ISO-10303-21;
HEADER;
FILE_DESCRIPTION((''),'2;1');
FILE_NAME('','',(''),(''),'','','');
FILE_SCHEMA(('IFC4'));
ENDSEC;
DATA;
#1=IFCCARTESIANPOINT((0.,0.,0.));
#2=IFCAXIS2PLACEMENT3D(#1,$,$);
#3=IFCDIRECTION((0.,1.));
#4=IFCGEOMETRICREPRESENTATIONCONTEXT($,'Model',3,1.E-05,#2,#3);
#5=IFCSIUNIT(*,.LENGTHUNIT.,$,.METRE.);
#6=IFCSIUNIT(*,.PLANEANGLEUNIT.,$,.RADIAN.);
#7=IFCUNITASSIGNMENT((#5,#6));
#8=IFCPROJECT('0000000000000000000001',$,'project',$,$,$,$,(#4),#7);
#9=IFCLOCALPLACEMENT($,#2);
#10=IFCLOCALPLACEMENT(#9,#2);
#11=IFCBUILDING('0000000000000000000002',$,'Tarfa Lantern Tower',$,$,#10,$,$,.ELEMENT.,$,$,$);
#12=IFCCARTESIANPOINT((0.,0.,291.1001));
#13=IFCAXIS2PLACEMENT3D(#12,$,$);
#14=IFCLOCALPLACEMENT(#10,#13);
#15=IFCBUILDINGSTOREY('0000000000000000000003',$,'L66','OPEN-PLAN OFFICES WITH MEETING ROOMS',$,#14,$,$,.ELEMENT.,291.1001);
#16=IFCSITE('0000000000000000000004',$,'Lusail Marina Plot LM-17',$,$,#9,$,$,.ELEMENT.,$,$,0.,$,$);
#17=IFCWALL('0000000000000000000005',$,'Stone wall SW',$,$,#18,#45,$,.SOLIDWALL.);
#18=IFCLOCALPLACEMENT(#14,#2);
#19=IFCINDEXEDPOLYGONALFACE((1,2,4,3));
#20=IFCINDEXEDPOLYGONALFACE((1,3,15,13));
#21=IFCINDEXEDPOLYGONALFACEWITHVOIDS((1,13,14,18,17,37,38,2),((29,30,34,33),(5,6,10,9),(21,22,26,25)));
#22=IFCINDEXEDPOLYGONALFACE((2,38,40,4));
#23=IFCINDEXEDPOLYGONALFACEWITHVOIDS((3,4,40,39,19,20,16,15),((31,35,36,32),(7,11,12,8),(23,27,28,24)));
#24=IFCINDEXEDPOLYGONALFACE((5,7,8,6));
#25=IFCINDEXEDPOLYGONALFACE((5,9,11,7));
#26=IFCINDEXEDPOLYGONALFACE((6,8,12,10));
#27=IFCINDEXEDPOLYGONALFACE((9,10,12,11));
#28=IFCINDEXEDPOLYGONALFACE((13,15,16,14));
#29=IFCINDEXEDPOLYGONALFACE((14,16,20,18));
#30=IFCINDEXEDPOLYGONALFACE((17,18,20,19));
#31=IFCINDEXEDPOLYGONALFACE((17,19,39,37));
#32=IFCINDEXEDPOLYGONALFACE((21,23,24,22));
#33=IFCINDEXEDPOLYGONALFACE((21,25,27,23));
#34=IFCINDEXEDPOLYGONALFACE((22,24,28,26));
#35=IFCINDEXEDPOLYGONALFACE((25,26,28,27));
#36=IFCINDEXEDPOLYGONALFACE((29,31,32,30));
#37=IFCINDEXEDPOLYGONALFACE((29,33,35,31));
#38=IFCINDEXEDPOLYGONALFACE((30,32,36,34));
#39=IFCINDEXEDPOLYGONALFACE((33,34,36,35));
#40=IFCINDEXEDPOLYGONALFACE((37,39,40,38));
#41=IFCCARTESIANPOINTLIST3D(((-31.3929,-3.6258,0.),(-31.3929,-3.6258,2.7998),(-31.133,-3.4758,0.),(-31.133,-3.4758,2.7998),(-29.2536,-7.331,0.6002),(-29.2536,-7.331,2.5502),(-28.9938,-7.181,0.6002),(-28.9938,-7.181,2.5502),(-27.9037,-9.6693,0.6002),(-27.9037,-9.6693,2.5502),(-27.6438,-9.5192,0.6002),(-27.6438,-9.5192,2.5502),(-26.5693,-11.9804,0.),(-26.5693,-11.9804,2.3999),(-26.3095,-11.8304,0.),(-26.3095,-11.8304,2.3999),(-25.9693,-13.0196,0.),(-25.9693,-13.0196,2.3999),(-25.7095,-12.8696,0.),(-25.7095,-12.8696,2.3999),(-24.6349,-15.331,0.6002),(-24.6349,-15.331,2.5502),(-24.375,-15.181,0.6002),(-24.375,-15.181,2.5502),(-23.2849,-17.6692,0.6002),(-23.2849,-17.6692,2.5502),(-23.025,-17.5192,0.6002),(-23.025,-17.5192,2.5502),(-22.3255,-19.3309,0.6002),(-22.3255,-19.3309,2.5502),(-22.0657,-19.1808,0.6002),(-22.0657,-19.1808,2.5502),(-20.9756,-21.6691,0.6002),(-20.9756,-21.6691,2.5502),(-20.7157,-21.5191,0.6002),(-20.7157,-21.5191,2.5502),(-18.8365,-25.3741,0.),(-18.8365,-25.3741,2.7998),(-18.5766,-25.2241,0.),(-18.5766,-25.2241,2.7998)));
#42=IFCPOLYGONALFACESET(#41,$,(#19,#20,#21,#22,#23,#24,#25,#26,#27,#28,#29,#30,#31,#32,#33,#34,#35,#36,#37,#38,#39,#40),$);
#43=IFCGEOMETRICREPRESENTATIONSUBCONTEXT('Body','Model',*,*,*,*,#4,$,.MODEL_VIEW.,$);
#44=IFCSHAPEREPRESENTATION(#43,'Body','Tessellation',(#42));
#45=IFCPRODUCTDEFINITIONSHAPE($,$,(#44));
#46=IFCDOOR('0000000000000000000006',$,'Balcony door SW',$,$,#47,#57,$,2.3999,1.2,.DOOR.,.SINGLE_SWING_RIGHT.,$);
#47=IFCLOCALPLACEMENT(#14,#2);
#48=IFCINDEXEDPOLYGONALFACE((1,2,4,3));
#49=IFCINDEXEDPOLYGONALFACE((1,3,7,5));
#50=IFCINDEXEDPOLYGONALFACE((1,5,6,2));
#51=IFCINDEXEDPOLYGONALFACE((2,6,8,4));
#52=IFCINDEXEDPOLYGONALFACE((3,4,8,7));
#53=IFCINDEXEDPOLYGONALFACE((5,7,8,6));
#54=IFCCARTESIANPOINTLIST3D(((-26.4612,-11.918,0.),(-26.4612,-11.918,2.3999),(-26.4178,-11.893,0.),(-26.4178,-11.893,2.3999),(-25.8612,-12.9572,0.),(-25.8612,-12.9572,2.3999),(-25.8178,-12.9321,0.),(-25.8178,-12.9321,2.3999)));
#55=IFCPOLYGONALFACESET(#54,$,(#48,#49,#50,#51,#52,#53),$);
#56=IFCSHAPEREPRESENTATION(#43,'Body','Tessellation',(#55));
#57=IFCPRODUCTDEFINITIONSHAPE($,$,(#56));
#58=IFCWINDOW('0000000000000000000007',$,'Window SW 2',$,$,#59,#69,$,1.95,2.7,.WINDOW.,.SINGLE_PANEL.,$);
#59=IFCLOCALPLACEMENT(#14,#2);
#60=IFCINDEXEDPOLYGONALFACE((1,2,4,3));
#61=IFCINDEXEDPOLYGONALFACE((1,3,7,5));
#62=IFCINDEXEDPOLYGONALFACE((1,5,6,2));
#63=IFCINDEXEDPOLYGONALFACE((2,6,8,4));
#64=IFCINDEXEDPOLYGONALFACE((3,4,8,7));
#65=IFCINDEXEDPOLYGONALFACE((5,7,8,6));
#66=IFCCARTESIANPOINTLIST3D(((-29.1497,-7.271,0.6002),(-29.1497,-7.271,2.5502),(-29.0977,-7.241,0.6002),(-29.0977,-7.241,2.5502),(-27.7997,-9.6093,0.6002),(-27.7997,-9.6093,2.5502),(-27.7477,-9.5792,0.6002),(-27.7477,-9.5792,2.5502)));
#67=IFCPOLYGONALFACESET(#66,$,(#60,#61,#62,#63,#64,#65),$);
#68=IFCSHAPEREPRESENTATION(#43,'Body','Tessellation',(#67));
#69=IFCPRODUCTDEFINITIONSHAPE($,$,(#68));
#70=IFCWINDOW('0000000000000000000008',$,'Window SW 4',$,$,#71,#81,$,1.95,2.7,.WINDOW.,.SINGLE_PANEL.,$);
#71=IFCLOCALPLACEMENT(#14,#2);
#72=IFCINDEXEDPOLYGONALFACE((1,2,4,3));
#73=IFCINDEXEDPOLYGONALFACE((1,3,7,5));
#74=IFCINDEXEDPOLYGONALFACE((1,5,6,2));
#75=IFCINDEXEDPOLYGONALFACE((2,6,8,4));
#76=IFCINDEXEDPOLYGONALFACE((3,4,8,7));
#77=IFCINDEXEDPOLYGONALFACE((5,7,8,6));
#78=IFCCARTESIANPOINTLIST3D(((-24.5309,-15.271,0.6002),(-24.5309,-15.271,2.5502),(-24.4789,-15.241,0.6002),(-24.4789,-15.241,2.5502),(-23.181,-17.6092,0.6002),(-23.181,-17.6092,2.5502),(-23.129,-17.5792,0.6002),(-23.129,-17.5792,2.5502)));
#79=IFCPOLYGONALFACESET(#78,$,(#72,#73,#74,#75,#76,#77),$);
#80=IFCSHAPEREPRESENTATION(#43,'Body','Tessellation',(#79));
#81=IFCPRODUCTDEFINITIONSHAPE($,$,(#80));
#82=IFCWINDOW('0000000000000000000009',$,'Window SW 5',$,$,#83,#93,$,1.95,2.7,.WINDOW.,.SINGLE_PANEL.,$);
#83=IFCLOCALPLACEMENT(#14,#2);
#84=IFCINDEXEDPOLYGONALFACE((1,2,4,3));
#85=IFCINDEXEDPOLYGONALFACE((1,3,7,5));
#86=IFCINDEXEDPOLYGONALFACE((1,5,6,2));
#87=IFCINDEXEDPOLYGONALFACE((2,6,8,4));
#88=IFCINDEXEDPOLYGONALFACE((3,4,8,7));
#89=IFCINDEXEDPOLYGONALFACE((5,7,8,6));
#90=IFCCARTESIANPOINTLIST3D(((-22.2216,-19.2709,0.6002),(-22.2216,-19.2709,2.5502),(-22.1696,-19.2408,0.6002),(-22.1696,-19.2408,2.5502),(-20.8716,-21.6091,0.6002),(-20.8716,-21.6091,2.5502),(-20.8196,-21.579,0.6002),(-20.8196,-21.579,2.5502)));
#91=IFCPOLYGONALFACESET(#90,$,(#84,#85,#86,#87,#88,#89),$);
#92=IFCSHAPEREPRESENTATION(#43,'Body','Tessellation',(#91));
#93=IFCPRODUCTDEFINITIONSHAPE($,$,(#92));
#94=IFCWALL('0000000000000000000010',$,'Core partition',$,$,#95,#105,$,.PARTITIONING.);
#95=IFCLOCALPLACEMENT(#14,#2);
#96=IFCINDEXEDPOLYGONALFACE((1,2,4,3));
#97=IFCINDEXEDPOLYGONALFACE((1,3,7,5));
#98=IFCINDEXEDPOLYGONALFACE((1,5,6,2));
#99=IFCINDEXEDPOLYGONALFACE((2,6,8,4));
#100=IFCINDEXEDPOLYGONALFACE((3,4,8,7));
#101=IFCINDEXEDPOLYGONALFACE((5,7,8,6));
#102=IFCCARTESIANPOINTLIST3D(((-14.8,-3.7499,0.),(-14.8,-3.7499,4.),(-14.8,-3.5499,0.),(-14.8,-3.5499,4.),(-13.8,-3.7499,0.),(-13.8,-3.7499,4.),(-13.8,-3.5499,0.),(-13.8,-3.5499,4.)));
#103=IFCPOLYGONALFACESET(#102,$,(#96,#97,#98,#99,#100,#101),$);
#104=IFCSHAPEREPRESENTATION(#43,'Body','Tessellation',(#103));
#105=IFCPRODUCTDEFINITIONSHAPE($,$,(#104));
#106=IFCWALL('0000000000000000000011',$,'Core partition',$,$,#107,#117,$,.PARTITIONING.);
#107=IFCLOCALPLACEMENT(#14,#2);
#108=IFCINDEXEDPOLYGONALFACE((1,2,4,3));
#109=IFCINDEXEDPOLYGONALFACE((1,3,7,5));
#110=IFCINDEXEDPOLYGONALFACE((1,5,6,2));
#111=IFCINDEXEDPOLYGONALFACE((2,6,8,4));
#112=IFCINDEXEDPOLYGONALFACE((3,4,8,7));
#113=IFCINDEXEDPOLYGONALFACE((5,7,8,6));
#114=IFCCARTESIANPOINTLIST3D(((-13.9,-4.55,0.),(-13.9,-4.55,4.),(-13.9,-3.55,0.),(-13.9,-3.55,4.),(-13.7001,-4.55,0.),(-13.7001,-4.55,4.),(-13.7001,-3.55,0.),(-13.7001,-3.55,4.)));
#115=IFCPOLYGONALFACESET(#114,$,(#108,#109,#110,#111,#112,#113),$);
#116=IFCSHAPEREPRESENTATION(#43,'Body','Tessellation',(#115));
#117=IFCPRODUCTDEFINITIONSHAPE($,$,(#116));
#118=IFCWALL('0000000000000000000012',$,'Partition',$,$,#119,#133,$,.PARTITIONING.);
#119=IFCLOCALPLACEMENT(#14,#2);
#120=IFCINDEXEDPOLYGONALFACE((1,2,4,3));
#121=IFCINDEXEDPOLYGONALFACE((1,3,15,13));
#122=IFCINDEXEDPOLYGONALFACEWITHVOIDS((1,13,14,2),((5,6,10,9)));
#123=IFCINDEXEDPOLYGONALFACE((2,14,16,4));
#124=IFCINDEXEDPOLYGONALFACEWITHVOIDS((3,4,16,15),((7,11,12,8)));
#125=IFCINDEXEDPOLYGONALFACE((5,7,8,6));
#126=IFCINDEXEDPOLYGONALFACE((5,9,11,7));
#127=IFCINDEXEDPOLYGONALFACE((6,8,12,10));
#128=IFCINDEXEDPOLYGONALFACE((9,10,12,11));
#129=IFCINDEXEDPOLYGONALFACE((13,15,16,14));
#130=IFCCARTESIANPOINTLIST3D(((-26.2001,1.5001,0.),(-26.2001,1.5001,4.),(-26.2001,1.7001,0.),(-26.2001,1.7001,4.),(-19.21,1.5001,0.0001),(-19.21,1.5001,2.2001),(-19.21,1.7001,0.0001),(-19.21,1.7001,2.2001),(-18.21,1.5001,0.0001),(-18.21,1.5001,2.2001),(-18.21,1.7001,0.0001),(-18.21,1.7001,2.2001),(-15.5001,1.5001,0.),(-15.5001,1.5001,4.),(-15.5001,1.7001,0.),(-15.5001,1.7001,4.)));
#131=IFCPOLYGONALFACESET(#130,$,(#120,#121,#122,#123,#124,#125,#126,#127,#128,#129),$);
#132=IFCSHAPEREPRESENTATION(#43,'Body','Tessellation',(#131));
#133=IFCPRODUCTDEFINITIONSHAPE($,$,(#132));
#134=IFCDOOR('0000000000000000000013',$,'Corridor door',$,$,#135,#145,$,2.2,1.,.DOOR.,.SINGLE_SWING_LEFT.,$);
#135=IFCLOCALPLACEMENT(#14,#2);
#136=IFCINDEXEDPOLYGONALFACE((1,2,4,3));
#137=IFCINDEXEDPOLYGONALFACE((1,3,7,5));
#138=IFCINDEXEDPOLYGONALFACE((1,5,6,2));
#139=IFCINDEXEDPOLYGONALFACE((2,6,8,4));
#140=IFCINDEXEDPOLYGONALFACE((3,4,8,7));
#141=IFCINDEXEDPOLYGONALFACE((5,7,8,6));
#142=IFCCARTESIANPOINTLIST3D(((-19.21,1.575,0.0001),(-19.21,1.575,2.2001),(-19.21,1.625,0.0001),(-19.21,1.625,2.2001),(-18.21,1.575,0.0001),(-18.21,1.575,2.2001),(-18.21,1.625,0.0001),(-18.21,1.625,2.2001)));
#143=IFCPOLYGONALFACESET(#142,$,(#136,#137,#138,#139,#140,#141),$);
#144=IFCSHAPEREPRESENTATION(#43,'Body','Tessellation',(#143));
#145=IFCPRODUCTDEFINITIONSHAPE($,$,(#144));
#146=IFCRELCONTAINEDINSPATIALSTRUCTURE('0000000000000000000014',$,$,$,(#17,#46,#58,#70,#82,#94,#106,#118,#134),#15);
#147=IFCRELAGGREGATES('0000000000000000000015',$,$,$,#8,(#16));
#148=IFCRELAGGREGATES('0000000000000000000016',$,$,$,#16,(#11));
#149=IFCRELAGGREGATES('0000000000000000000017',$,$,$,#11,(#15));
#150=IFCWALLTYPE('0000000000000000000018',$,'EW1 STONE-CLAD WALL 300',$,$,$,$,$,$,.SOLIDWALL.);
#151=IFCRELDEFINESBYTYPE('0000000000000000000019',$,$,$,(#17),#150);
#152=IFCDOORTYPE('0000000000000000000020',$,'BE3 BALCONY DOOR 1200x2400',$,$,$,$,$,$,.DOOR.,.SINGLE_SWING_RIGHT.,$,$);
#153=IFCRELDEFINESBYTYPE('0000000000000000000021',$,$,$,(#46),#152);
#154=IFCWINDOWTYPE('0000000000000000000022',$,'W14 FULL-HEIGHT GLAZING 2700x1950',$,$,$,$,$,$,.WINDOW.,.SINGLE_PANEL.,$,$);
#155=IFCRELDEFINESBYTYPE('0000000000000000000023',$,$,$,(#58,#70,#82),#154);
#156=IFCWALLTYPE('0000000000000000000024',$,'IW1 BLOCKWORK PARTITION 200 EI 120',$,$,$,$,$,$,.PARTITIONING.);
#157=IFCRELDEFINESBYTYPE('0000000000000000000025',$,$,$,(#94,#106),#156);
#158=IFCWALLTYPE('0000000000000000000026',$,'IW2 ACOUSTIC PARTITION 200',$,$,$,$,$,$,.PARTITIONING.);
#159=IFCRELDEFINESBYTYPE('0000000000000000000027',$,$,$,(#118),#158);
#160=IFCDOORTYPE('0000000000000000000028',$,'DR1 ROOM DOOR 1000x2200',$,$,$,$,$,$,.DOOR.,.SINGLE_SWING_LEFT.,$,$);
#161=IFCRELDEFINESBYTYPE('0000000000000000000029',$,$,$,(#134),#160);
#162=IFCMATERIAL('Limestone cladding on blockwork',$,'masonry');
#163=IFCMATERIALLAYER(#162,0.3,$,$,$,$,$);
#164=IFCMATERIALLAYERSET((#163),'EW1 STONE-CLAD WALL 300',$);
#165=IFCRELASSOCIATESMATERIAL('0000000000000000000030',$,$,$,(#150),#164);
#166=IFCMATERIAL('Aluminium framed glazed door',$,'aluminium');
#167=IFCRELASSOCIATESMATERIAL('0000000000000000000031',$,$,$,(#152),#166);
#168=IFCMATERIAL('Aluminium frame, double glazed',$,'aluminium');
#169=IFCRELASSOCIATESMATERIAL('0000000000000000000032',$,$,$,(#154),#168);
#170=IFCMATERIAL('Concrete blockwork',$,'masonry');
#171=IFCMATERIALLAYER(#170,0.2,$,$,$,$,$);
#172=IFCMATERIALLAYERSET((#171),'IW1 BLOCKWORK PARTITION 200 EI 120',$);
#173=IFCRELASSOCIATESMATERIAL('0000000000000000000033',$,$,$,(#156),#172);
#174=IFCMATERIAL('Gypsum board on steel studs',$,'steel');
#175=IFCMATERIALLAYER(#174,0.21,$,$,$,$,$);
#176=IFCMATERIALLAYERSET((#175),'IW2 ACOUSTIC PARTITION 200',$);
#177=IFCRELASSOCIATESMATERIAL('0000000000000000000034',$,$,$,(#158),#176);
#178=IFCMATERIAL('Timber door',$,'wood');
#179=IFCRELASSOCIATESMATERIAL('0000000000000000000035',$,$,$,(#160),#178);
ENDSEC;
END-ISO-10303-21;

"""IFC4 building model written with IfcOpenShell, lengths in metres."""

from ifc_helpers import new_model, si_unit, direction, frame, frame_2d, origin, place, context, subcontext, project, spatial, rectangle, extrude, material, layer, layer_set, type_object, element, fill, save


model = new_model("IFC4")

# Units and contexts
model_context = context("Model", 3, precision=1e-05, world=origin(), true_north=direction((0.0, 1.0)))
body_context = subcontext(model_context, "Body", "Model", "MODEL_VIEW")
ifc_project = project(units=[si_unit("LENGTHUNIT", "METRE"), si_unit("PLANEANGLEUNIT", "RADIAN")], contexts=[model_context])

# Site, building, storey
site_placement = place(None, origin())
site = spatial("IfcSite", under=ifc_project, at=site_placement, Name="Lusail Marina Plot LM-17", CompositionType="ELEMENT", RefElevation=0.0)
building_placement = place(site_placement, origin())
building = spatial("IfcBuilding", under=site, at=building_placement, Name="Tarfa Lantern Tower", CompositionType="ELEMENT")
storey_placement = place(building_placement, frame((0.0, 0.0, 291.1001)))
storey = spatial("IfcBuildingStorey", under=building, at=storey_placement, Name="L66", Description="OPEN-PLAN OFFICES WITH MEETING ROOMS", CompositionType="ELEMENT", Elevation=291.1001)

# Wall, openings, door, windows
ifc_material_1 = material(Name="Limestone cladding on blockwork", Category="masonry")
ifc_layer_1 = layer(ifc_material_1, 0.3)
ifc_layer_set_1 = layer_set([ifc_layer_1], Name="EW1 STONE-CLAD WALL 300")
wall_type_1 = type_object("IfcWallType", Name="EW1 STONE-CLAD WALL 300", PredefinedType="SOLIDWALL", material=ifc_layer_set_1)
wall_1_placement = place(storey_placement, frame((-31.2629, -3.5508, 0.0), z_axis=(0.0, 0.0, 1.0), x_axis=(0.5, -0.866025, 0.0)))
wall_1 = element("IfcWall", 1, at=wall_1_placement, inside=storey, type_object=wall_type_1, Name="Stone wall SW", PredefinedType="SOLIDWALL", context=body_context, shape_type="SweptSolid", body=[
    extrude(rectangle(XDim=25.1128, YDim=0.3, at=frame_2d((12.5564, 0.0))), origin(), (0.0, 0.0, 1.0), 2.7998),
])
opening_1_placement = place(wall_1_placement, frame((4.2783, 0.0, 0.6001)))
opening_1 = element("IfcOpeningElement", 2, at=opening_1_placement, cuts=wall_1, PredefinedType="OPENING", context=body_context, shape_type="SweptSolid", body=[
    extrude(rectangle(XDim=2.7, YDim=1.95, at=frame_2d((1.3501, 0.9751))), frame((0.0, 0.1599, 0.0), z_axis=(0.0, -1.0, 0.0), x_axis=(1.0, 0.0, 0.0)), (0.0, 0.0, 1.0), 0.3201),
])
opening_2_placement = place(wall_1_placement, frame((9.647, 0.0, 0.0)))
opening_2 = element("IfcOpeningElement", 3, at=opening_2_placement, cuts=wall_1, PredefinedType="OPENING", context=body_context, shape_type="SweptSolid", body=[
    extrude(rectangle(XDim=1.2, YDim=2.3999, at=frame_2d((0.6001, 1.2))), frame((0.0, 0.1599, 0.0), z_axis=(0.0, -1.0, 0.0), x_axis=(1.0, 0.0, 0.0)), (0.0, 0.0, 1.0), 0.3201),
])
opening_3_placement = place(wall_1_placement, frame((13.5159, 0.0, 0.6001)))
opening_3 = element("IfcOpeningElement", 4, at=opening_3_placement, cuts=wall_1, PredefinedType="OPENING", context=body_context, shape_type="SweptSolid", body=[
    extrude(rectangle(XDim=2.7, YDim=1.95, at=frame_2d((1.3501, 0.9751))), frame((0.0, 0.1599, 0.0), z_axis=(0.0, -1.0, 0.0), x_axis=(1.0, 0.0, 0.0)), (0.0, 0.0, 1.0), 0.3201),
])
opening_4_placement = place(wall_1_placement, frame((18.1345, 0.0, 0.6001)))
opening_4 = element("IfcOpeningElement", 5, at=opening_4_placement, cuts=wall_1, PredefinedType="OPENING", context=body_context, shape_type="SweptSolid", body=[
    extrude(rectangle(XDim=2.7, YDim=1.95, at=frame_2d((1.3501, 0.9751))), frame((0.0, 0.1599, 0.0), z_axis=(0.0, -1.0, 0.0), x_axis=(1.0, 0.0, 0.0)), (0.0, 0.0, 1.0), 0.3201),
])
ifc_material_2 = material(Name="Aluminium framed glazed door", Category="aluminium")
door_type_1 = type_object("IfcDoorType", Name="BE3 BALCONY DOOR 1200x2400", OperationType="SINGLE_SWING_RIGHT", PredefinedType="DOOR", material=ifc_material_2)
door_1_placement = place(opening_2_placement, origin())
door_1 = element("IfcDoor", 6, at=door_1_placement, inside=storey, type_object=door_type_1, Name="Balcony door SW", OperationType="SINGLE_SWING_RIGHT", OverallHeight=2.3999, OverallWidth=1.2, PredefinedType="DOOR", context=body_context, shape_type="SweptSolid", body=[
    extrude(rectangle(XDim=1.2, YDim=2.3999, at=frame_2d((0.6001, 1.2))), frame((0.0, 0.0249, 0.0), z_axis=(0.0, -1.0, 0.0), x_axis=(1.0, 0.0, 0.0)), (0.0, 0.0, 1.0), 0.05),
])
fill(opening_2, door_1)
ifc_material_3 = material(Name="Aluminium frame, double glazed", Category="aluminium")
window_type = type_object("IfcWindowType", Name="W14 FULL-HEIGHT GLAZING 2700x1950", PartitioningType="SINGLE_PANEL", PredefinedType="WINDOW", material=ifc_material_3)
window_1_placement = place(opening_1_placement, origin())
window_1 = element("IfcWindow", 7, at=window_1_placement, inside=storey, type_object=window_type, Name="Window SW 2", OverallHeight=1.95, OverallWidth=2.7, PartitioningType="SINGLE_PANEL", PredefinedType="WINDOW", context=body_context, shape_type="SweptSolid", body=[
    extrude(rectangle(XDim=2.7, YDim=1.95, at=frame_2d((1.3501, 0.9751))), frame((0.0, 0.03, 0.0), z_axis=(0.0, -1.0, 0.0), x_axis=(1.0, 0.0, 0.0)), (0.0, 0.0, 1.0), 0.0601),
])
fill(opening_1, window_1)
window_2_placement = place(opening_3_placement, origin())
window_2 = element("IfcWindow", 8, at=window_2_placement, inside=storey, type_object=window_type, Name="Window SW 4", OverallHeight=1.95, OverallWidth=2.7, PartitioningType="SINGLE_PANEL", PredefinedType="WINDOW", context=body_context, shape_type="SweptSolid", body=[
    extrude(rectangle(XDim=2.7, YDim=1.95, at=frame_2d((1.3501, 0.9751))), frame((0.0, 0.03, 0.0), z_axis=(0.0, -1.0, 0.0), x_axis=(1.0, 0.0, 0.0)), (0.0, 0.0, 1.0), 0.0601),
])
fill(opening_3, window_2)
window_3_placement = place(opening_4_placement, origin())
window_3 = element("IfcWindow", 9, at=window_3_placement, inside=storey, type_object=window_type, Name="Window SW 5", OverallHeight=1.95, OverallWidth=2.7, PartitioningType="SINGLE_PANEL", PredefinedType="WINDOW", context=body_context, shape_type="SweptSolid", body=[
    extrude(rectangle(XDim=2.7, YDim=1.95, at=frame_2d((1.3501, 0.9751))), frame((0.0, 0.03, 0.0), z_axis=(0.0, -1.0, 0.0), x_axis=(1.0, 0.0, 0.0)), (0.0, 0.0, 1.0), 0.0601),
])
fill(opening_4, window_3)

# Walls
ifc_material_4 = material(Name="Concrete blockwork", Category="masonry")
ifc_layer_2 = layer(ifc_material_4, 0.2)
ifc_layer_set_2 = layer_set([ifc_layer_2], Name="IW1 BLOCKWORK PARTITION 200 EI 120")
wall_type_2 = type_object("IfcWallType", Name="IW1 BLOCKWORK PARTITION 200 EI 120", PredefinedType="PARTITIONING", material=ifc_layer_set_2)
for number, where, z_axis, x_axis, name in (
    (10, (-13.8, -3.6499, 0.0), (0.0, 0.0, 1.0), (-1.0, 0.0, 0.0), "Core partition"),
    (11, (-13.8, -3.55, 0.0), (0.0, 0.0, 1.0), (0.0, -1.0, 0.0), "Core partition"),
):
    element("IfcWall", number, at=place(storey_placement, frame(where, z_axis=z_axis, x_axis=x_axis)), inside=storey, type_object=wall_type_2, Name=name, PredefinedType="PARTITIONING", context=body_context, shape_type="SweptSolid", body=[
        extrude(rectangle(XDim=1.0, YDim=0.2, at=frame_2d((0.5, 0.0))), origin(), (0.0, 0.0, 1.0), 4.0),
    ])

# Wall, opening, door
ifc_material_5 = material(Name="Gypsum board on steel studs", Category="steel")
ifc_layer_3 = layer(ifc_material_5, 0.21)
ifc_layer_set_3 = layer_set([ifc_layer_3], Name="IW2 ACOUSTIC PARTITION 200")
wall_type_3 = type_object("IfcWallType", Name="IW2 ACOUSTIC PARTITION 200", PredefinedType="PARTITIONING", material=ifc_layer_set_3)
wall_2_placement = place(storey_placement, frame((-15.5, 1.6001, 0.0), z_axis=(0.0, 0.0, 1.0), x_axis=(-1.0, 0.0, 0.0)))
wall_2 = element("IfcWall", 12, at=wall_2_placement, inside=storey, type_object=wall_type_3, Name="Partition", PredefinedType="PARTITIONING", context=body_context, shape_type="SweptSolid", body=[
    extrude(rectangle(XDim=10.7, YDim=0.2, at=frame_2d((5.3501, 0.0))), origin(), (0.0, 0.0, 1.0), 4.0),
])
opening_5_placement = place(wall_2_placement, frame((2.71, 0.0, 0.0)))
opening_5 = element("IfcOpeningElement", 13, at=opening_5_placement, cuts=wall_2, PredefinedType="OPENING", context=body_context, shape_type="SweptSolid", body=[
    extrude(rectangle(XDim=1.0, YDim=2.2, at=frame_2d((0.5, 1.1001))), frame((0.0, 0.1099, 0.0), z_axis=(0.0, -1.0, 0.0), x_axis=(1.0, 0.0, 0.0)), (0.0, 0.0, 1.0), 0.22),
])
ifc_material_6 = material(Name="Timber door", Category="wood")
door_type_2 = type_object("IfcDoorType", Name="DR1 ROOM DOOR 1000x2200", OperationType="SINGLE_SWING_LEFT", PredefinedType="DOOR", material=ifc_material_6)
door_2_placement = place(opening_5_placement, frame((1.0, 0.0, 0.0), z_axis=(0.0, 0.0, 1.0), x_axis=(-1.0, 0.0, 0.0)))
door_2 = element("IfcDoor", 14, at=door_2_placement, inside=storey, type_object=door_type_2, Name="Corridor door", OperationType="SINGLE_SWING_LEFT", OverallHeight=2.2, OverallWidth=1.0, PredefinedType="DOOR", context=body_context, shape_type="SweptSolid", body=[
    extrude(rectangle(XDim=1.0, YDim=2.2, at=frame_2d((0.5, 1.1001))), frame((0.0, 0.0249, 0.0), z_axis=(0.0, -1.0, 0.0), x_axis=(1.0, 0.0, 0.0)), (0.0, 0.0, 1.0), 0.05),
])
fill(opening_5, door_2)

save(model, "model.ifc")
